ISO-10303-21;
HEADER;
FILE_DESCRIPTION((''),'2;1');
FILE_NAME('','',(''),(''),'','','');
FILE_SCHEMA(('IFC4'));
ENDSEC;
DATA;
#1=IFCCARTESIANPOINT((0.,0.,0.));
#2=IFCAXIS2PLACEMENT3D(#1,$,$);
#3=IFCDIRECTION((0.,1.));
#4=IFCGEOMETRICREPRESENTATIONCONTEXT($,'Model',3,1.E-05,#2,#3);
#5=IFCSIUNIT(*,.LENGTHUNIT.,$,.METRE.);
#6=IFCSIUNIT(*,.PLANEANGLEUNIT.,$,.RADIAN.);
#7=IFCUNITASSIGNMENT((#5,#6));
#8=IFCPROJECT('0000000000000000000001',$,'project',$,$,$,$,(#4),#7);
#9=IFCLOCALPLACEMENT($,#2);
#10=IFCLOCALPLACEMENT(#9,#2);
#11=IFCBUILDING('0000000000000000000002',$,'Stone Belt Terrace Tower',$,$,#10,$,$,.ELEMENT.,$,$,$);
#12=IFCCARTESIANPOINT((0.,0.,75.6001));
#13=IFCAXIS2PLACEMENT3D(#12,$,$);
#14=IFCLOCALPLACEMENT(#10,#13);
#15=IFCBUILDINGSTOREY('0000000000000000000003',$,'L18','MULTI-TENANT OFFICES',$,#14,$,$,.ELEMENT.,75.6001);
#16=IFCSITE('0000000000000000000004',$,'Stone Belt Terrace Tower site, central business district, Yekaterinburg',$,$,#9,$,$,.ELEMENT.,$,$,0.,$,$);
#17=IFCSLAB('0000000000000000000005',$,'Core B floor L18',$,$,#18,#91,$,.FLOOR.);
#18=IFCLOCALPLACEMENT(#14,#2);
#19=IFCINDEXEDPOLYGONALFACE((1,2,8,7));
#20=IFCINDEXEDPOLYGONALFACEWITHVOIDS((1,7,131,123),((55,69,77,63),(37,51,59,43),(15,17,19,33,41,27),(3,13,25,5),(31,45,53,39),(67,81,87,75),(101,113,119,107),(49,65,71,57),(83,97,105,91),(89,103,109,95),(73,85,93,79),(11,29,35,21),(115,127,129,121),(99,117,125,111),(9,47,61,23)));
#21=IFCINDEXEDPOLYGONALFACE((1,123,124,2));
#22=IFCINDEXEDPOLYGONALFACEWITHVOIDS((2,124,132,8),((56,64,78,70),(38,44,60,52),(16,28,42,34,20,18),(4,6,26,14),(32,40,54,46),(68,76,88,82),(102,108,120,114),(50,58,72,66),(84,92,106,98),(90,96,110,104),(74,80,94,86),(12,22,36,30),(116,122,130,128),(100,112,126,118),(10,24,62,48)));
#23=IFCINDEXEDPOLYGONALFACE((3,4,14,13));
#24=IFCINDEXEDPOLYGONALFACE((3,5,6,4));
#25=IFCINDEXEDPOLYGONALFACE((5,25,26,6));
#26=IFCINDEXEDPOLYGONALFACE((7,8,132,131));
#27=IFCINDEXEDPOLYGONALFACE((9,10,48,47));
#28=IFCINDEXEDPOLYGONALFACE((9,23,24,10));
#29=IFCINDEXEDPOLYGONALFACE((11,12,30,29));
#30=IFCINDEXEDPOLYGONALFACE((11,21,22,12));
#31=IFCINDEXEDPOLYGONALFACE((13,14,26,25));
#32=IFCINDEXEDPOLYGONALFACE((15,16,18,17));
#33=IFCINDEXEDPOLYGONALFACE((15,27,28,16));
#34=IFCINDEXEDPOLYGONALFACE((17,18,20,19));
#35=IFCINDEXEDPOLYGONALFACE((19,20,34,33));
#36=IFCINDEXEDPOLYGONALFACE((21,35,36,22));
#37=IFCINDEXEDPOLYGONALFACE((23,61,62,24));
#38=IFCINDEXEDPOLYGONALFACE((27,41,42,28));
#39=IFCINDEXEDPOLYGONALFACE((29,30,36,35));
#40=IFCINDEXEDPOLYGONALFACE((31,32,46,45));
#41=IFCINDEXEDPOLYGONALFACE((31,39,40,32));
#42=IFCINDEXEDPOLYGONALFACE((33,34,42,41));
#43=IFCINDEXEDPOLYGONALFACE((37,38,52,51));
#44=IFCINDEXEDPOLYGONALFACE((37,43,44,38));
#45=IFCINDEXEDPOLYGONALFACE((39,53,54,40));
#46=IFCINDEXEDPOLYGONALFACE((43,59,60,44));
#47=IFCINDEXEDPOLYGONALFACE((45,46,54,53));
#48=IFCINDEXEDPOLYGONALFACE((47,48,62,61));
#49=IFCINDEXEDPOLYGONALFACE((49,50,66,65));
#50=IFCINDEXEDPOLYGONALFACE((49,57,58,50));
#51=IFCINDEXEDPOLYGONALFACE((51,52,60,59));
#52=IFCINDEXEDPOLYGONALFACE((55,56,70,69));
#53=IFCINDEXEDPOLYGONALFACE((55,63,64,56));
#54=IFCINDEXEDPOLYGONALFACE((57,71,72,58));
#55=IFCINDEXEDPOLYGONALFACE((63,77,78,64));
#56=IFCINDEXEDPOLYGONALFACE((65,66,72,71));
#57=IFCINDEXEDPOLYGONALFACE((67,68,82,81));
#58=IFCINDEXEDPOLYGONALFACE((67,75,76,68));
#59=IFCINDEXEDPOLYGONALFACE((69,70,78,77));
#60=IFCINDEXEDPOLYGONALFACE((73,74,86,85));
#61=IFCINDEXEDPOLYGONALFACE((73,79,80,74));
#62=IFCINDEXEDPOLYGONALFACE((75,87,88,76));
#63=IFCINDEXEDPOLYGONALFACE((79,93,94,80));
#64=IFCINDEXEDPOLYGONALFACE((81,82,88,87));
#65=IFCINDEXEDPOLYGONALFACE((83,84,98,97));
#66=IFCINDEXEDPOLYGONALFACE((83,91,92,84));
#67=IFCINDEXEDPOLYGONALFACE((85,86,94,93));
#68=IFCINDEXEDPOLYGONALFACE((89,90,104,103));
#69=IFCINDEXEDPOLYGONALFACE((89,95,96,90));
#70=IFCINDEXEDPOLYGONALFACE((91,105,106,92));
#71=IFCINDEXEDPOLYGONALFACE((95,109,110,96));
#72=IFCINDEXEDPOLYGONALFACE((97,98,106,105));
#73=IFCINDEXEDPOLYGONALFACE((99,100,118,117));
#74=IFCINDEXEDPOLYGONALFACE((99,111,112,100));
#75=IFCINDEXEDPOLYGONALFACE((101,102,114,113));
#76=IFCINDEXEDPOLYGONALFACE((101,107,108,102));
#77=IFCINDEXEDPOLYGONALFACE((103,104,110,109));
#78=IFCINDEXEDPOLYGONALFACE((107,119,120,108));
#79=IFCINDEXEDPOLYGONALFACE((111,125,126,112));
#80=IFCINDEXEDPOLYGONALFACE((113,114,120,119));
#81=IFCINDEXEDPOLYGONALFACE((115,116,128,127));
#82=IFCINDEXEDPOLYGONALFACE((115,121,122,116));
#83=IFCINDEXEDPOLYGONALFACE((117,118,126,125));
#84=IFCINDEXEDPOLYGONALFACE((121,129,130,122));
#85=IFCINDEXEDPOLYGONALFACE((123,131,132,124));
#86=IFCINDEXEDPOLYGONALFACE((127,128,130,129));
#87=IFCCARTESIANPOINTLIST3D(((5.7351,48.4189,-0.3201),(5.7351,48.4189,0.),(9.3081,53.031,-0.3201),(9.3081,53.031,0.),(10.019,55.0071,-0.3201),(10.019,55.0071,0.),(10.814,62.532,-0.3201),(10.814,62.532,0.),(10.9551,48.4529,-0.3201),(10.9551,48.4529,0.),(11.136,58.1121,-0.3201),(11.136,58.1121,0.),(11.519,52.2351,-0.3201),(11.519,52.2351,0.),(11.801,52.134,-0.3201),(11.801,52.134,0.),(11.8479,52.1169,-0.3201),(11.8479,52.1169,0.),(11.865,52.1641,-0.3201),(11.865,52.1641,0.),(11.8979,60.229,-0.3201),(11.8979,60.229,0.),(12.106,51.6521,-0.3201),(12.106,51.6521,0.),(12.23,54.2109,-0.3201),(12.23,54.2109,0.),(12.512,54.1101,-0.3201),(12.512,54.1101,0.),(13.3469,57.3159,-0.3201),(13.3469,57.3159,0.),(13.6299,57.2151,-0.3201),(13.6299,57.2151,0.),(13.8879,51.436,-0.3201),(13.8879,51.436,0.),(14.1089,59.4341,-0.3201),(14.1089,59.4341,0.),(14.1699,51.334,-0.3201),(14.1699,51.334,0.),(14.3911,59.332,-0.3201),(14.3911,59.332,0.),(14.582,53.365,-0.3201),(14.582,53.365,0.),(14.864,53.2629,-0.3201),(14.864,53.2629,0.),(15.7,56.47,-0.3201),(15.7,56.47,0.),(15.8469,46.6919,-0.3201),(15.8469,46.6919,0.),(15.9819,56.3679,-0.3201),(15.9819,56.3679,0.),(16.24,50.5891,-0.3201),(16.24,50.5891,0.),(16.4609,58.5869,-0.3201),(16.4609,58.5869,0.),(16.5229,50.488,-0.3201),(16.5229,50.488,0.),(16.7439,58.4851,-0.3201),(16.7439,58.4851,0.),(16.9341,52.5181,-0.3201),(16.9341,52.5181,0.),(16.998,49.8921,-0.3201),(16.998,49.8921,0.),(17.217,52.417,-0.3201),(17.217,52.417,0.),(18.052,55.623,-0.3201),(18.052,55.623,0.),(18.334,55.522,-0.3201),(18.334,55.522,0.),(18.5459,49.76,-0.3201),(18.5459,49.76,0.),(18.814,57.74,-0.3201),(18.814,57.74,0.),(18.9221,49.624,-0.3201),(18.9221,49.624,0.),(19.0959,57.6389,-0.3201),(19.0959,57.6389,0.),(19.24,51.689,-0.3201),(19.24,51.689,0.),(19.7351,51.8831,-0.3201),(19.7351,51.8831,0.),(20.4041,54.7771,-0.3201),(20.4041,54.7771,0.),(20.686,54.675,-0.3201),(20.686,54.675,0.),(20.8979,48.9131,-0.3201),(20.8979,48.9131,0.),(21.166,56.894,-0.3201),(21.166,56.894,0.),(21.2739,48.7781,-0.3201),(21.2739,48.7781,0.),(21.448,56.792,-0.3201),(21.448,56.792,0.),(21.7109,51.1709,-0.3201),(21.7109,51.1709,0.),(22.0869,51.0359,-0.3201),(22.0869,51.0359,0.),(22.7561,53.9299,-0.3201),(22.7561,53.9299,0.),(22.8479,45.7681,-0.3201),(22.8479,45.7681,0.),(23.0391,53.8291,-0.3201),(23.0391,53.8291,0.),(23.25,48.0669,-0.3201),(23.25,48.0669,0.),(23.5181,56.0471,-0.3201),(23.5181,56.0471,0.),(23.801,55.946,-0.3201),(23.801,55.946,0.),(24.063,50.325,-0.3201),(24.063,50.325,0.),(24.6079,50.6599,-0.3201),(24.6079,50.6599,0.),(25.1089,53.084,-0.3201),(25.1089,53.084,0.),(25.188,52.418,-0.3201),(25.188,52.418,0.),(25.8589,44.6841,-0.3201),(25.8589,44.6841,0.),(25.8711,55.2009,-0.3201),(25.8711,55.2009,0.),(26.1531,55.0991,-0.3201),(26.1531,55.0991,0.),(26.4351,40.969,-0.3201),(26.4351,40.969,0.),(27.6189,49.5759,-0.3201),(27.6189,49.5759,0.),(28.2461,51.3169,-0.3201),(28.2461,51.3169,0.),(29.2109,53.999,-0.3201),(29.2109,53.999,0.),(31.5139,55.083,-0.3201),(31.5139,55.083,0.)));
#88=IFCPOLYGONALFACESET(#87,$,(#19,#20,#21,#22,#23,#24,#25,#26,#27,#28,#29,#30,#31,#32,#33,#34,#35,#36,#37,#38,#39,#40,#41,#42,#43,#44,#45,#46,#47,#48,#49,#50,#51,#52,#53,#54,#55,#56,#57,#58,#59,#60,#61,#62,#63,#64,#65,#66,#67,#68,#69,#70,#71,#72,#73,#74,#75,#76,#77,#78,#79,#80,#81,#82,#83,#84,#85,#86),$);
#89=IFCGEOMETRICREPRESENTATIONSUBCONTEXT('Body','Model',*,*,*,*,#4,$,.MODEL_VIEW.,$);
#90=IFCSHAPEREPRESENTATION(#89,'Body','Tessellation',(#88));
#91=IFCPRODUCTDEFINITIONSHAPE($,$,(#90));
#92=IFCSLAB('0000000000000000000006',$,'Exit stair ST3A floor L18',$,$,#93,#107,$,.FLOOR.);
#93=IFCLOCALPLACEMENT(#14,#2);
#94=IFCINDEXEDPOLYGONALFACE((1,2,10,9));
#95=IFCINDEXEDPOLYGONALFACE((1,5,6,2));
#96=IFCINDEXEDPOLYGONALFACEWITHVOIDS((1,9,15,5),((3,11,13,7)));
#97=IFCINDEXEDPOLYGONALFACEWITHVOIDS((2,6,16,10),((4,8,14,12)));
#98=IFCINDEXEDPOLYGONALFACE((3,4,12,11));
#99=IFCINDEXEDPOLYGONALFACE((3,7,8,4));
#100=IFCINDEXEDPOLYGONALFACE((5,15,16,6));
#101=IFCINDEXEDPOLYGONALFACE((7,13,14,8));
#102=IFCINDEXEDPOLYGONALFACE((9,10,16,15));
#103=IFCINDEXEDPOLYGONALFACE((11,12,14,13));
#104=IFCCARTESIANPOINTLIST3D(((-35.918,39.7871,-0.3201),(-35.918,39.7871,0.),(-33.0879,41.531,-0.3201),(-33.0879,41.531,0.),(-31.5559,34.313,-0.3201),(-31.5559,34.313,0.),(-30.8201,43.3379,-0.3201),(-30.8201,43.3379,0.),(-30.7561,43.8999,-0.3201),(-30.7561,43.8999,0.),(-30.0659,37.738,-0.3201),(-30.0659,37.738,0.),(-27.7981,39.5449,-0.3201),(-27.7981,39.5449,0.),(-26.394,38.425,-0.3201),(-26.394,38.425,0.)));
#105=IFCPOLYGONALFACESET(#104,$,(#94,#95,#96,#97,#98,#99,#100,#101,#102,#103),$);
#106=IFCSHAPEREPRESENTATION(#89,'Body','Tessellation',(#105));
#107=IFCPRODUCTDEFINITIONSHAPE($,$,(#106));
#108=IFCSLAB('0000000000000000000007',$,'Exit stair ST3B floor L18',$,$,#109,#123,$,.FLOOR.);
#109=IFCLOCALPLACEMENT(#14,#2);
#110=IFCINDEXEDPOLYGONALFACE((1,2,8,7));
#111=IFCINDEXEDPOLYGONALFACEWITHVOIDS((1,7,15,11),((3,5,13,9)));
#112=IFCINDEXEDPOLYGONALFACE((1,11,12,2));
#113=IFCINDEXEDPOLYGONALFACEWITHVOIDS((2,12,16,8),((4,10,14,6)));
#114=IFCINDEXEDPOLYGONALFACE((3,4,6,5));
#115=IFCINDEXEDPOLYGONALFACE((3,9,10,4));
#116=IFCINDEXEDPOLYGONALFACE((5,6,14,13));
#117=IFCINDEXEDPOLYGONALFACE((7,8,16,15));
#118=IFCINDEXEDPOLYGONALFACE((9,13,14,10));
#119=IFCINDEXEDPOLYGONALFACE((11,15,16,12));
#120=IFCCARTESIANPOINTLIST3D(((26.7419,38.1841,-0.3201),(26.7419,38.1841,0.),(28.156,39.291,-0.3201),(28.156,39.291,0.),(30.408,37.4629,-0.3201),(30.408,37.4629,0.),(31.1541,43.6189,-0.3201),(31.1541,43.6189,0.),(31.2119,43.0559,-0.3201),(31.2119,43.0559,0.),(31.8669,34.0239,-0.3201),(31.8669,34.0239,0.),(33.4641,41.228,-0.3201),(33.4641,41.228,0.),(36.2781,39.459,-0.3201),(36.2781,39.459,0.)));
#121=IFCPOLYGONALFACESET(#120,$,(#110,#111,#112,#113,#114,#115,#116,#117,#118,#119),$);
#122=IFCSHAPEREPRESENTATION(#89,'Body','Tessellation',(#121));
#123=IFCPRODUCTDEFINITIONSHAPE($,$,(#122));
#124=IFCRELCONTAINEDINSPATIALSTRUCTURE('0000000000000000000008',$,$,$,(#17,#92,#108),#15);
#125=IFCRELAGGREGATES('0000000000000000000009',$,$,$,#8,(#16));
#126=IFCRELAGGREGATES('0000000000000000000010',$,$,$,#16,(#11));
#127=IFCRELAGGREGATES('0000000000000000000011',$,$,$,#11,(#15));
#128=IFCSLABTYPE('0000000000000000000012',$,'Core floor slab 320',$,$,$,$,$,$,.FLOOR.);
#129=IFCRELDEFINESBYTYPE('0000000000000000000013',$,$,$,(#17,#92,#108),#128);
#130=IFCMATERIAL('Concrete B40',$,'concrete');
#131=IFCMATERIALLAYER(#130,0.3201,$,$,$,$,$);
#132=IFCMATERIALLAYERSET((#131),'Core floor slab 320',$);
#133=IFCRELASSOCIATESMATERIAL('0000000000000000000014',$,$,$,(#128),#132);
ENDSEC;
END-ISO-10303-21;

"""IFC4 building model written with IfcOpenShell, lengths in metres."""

from ifc_helpers import new_model, si_unit, direction, frame, origin, place, context, subcontext, project, spatial, polyline, outline, extrude, material, layer, layer_set, type_object, element, save


model = new_model("IFC4")

# Units and contexts
model_context = context("Model", 3, precision=1e-05, world=origin(), true_north=direction((0.0, 1.0)))
body_context = subcontext(model_context, "Body", "Model", "MODEL_VIEW")
ifc_project = project(units=[si_unit("LENGTHUNIT", "METRE"), si_unit("PLANEANGLEUNIT", "RADIAN")], contexts=[model_context])

# Site, building, storey
site_placement = place(None, origin())
site = spatial("IfcSite", under=ifc_project, at=site_placement, Name="Stone Belt Terrace Tower site, central business district, Yekaterinburg", CompositionType="ELEMENT", RefElevation=0.0)
building_placement = place(site_placement, origin())
building = spatial("IfcBuilding", under=site, at=building_placement, Name="Stone Belt Terrace Tower", CompositionType="ELEMENT")
storey_placement = place(building_placement, frame((0.0, 0.0, 75.6001)))
storey = spatial("IfcBuildingStorey", under=building, at=storey_placement, Name="L18", Description="MULTI-TENANT OFFICES", CompositionType="ELEMENT", Elevation=75.6001)

# Slabs
ifc_material_1 = material(Name="Concrete B40", Category="concrete")
ifc_layer_1 = layer(ifc_material_1, 0.3201)
ifc_layer_set_1 = layer_set([ifc_layer_1], Name="Core floor slab 320")
slab_type_1 = type_object("IfcSlabType", Name="Core floor slab 320", PredefinedType="FLOOR", material=ifc_layer_set_1)
slab_1_placement = place(storey_placement, frame((0.0, 0.0, -0.3201)))
element("IfcSlab", 1, at=slab_1_placement, inside=storey, type_object=slab_type_1, Name="Core B floor L18", PredefinedType="FLOOR", context=body_context, shape_type="SweptSolid", body=[
    extrude(outline(polyline([(26.4351, 40.969), (31.5139, 55.083), (10.814, 62.532), (5.7351, 48.4189), (26.4351, 40.969)]), holes=[polyline([(12.106, 51.6521), (16.998, 49.8921), (15.8469, 46.6919), (10.9551, 48.4529), (12.106, 51.6521)]), polyline([(19.24, 51.689), (18.5459, 49.76), (16.5229, 50.488), (17.217, 52.417), (19.24, 51.689)]), polyline([(16.24, 50.5891), (14.1699, 51.334), (14.864, 53.2629), (16.9341, 52.5181), (16.24, 50.5891)]), polyline([(14.582, 53.365), (13.8879, 51.436), (11.865, 52.1641), (11.8479, 52.1169), (11.801, 52.134), (12.512, 54.1101), (14.582, 53.365)]), polyline([(9.3081, 53.031), (10.019, 55.0071), (12.23, 54.2109), (11.519, 52.2351), (9.3081, 53.031)]), polyline([(16.7439, 58.4851), (18.814, 57.74), (18.052, 55.623), (15.9819, 56.3679), (16.7439, 58.4851)]), polyline([(14.3911, 59.332), (16.4609, 58.5869), (15.7, 56.47), (13.6299, 57.2151), (14.3911, 59.332)]), polyline([(11.8979, 60.229), (14.1089, 59.4341), (13.3469, 57.3159), (11.136, 58.1121), (11.8979, 60.229)]), polyline([(25.8589, 44.6841), (22.8479, 45.7681), (24.6079, 50.6599), (27.6189, 49.5759), (25.8589, 44.6841)]), polyline([(21.2739, 48.7781), (22.0869, 51.0359), (24.063, 50.325), (23.25, 48.0669), (21.2739, 48.7781)]), polyline([(18.9221, 49.624), (19.7351, 51.8831), (21.7109, 51.1709), (20.8979, 48.9131), (18.9221, 49.624)]), polyline([(29.2109, 53.999), (28.2461, 51.3169), (25.188, 52.418), (26.1531, 55.0991), (29.2109, 53.999)]), polyline([(23.801, 55.946), (25.8711, 55.2009), (25.1089, 53.084), (23.0391, 53.8291), (23.801, 55.946)]), polyline([(21.448, 56.792), (23.5181, 56.0471), (22.7561, 53.9299), (20.686, 54.675), (21.448, 56.792)]), polyline([(19.0959, 57.6389), (21.166, 56.894), (20.4041, 54.7771), (18.334, 55.522), (19.0959, 57.6389)])]), origin(), (0.0, 0.0, 1.0), 0.3201),
])
slab_2_placement = place(storey_placement, frame((0.0, 0.0, -0.3201)))
element("IfcSlab", 2, at=slab_2_placement, inside=storey, type_object=slab_type_1, Name="Exit stair ST3A floor L18", PredefinedType="FLOOR", context=body_context, shape_type="SweptSolid", body=[
    extrude(outline(polyline([(-26.394, 38.425), (-30.7561, 43.8999), (-35.918, 39.7871), (-31.5559, 34.313), (-26.394, 38.425)]), holes=[polyline([(-27.7981, 39.5449), (-30.0659, 37.738), (-33.0879, 41.531), (-30.8201, 43.3379), (-27.7981, 39.5449)])]), origin(), (0.0, 0.0, 1.0), 0.3201),
])
slab_3_placement = place(storey_placement, frame((0.0, 0.0, -0.3201)))
element("IfcSlab", 3, at=slab_3_placement, inside=storey, type_object=slab_type_1, Name="Exit stair ST3B floor L18", PredefinedType="FLOOR", context=body_context, shape_type="SweptSolid", body=[
    extrude(outline(polyline([(26.7419, 38.1841), (31.8669, 34.0239), (36.2781, 39.459), (31.1541, 43.6189), (26.7419, 38.1841)]), holes=[polyline([(30.408, 37.4629), (28.156, 39.291), (31.2119, 43.0559), (33.4641, 41.228), (30.408, 37.4629)])]), origin(), (0.0, 0.0, 1.0), 0.3201),
])

save(model, "model.ifc")
